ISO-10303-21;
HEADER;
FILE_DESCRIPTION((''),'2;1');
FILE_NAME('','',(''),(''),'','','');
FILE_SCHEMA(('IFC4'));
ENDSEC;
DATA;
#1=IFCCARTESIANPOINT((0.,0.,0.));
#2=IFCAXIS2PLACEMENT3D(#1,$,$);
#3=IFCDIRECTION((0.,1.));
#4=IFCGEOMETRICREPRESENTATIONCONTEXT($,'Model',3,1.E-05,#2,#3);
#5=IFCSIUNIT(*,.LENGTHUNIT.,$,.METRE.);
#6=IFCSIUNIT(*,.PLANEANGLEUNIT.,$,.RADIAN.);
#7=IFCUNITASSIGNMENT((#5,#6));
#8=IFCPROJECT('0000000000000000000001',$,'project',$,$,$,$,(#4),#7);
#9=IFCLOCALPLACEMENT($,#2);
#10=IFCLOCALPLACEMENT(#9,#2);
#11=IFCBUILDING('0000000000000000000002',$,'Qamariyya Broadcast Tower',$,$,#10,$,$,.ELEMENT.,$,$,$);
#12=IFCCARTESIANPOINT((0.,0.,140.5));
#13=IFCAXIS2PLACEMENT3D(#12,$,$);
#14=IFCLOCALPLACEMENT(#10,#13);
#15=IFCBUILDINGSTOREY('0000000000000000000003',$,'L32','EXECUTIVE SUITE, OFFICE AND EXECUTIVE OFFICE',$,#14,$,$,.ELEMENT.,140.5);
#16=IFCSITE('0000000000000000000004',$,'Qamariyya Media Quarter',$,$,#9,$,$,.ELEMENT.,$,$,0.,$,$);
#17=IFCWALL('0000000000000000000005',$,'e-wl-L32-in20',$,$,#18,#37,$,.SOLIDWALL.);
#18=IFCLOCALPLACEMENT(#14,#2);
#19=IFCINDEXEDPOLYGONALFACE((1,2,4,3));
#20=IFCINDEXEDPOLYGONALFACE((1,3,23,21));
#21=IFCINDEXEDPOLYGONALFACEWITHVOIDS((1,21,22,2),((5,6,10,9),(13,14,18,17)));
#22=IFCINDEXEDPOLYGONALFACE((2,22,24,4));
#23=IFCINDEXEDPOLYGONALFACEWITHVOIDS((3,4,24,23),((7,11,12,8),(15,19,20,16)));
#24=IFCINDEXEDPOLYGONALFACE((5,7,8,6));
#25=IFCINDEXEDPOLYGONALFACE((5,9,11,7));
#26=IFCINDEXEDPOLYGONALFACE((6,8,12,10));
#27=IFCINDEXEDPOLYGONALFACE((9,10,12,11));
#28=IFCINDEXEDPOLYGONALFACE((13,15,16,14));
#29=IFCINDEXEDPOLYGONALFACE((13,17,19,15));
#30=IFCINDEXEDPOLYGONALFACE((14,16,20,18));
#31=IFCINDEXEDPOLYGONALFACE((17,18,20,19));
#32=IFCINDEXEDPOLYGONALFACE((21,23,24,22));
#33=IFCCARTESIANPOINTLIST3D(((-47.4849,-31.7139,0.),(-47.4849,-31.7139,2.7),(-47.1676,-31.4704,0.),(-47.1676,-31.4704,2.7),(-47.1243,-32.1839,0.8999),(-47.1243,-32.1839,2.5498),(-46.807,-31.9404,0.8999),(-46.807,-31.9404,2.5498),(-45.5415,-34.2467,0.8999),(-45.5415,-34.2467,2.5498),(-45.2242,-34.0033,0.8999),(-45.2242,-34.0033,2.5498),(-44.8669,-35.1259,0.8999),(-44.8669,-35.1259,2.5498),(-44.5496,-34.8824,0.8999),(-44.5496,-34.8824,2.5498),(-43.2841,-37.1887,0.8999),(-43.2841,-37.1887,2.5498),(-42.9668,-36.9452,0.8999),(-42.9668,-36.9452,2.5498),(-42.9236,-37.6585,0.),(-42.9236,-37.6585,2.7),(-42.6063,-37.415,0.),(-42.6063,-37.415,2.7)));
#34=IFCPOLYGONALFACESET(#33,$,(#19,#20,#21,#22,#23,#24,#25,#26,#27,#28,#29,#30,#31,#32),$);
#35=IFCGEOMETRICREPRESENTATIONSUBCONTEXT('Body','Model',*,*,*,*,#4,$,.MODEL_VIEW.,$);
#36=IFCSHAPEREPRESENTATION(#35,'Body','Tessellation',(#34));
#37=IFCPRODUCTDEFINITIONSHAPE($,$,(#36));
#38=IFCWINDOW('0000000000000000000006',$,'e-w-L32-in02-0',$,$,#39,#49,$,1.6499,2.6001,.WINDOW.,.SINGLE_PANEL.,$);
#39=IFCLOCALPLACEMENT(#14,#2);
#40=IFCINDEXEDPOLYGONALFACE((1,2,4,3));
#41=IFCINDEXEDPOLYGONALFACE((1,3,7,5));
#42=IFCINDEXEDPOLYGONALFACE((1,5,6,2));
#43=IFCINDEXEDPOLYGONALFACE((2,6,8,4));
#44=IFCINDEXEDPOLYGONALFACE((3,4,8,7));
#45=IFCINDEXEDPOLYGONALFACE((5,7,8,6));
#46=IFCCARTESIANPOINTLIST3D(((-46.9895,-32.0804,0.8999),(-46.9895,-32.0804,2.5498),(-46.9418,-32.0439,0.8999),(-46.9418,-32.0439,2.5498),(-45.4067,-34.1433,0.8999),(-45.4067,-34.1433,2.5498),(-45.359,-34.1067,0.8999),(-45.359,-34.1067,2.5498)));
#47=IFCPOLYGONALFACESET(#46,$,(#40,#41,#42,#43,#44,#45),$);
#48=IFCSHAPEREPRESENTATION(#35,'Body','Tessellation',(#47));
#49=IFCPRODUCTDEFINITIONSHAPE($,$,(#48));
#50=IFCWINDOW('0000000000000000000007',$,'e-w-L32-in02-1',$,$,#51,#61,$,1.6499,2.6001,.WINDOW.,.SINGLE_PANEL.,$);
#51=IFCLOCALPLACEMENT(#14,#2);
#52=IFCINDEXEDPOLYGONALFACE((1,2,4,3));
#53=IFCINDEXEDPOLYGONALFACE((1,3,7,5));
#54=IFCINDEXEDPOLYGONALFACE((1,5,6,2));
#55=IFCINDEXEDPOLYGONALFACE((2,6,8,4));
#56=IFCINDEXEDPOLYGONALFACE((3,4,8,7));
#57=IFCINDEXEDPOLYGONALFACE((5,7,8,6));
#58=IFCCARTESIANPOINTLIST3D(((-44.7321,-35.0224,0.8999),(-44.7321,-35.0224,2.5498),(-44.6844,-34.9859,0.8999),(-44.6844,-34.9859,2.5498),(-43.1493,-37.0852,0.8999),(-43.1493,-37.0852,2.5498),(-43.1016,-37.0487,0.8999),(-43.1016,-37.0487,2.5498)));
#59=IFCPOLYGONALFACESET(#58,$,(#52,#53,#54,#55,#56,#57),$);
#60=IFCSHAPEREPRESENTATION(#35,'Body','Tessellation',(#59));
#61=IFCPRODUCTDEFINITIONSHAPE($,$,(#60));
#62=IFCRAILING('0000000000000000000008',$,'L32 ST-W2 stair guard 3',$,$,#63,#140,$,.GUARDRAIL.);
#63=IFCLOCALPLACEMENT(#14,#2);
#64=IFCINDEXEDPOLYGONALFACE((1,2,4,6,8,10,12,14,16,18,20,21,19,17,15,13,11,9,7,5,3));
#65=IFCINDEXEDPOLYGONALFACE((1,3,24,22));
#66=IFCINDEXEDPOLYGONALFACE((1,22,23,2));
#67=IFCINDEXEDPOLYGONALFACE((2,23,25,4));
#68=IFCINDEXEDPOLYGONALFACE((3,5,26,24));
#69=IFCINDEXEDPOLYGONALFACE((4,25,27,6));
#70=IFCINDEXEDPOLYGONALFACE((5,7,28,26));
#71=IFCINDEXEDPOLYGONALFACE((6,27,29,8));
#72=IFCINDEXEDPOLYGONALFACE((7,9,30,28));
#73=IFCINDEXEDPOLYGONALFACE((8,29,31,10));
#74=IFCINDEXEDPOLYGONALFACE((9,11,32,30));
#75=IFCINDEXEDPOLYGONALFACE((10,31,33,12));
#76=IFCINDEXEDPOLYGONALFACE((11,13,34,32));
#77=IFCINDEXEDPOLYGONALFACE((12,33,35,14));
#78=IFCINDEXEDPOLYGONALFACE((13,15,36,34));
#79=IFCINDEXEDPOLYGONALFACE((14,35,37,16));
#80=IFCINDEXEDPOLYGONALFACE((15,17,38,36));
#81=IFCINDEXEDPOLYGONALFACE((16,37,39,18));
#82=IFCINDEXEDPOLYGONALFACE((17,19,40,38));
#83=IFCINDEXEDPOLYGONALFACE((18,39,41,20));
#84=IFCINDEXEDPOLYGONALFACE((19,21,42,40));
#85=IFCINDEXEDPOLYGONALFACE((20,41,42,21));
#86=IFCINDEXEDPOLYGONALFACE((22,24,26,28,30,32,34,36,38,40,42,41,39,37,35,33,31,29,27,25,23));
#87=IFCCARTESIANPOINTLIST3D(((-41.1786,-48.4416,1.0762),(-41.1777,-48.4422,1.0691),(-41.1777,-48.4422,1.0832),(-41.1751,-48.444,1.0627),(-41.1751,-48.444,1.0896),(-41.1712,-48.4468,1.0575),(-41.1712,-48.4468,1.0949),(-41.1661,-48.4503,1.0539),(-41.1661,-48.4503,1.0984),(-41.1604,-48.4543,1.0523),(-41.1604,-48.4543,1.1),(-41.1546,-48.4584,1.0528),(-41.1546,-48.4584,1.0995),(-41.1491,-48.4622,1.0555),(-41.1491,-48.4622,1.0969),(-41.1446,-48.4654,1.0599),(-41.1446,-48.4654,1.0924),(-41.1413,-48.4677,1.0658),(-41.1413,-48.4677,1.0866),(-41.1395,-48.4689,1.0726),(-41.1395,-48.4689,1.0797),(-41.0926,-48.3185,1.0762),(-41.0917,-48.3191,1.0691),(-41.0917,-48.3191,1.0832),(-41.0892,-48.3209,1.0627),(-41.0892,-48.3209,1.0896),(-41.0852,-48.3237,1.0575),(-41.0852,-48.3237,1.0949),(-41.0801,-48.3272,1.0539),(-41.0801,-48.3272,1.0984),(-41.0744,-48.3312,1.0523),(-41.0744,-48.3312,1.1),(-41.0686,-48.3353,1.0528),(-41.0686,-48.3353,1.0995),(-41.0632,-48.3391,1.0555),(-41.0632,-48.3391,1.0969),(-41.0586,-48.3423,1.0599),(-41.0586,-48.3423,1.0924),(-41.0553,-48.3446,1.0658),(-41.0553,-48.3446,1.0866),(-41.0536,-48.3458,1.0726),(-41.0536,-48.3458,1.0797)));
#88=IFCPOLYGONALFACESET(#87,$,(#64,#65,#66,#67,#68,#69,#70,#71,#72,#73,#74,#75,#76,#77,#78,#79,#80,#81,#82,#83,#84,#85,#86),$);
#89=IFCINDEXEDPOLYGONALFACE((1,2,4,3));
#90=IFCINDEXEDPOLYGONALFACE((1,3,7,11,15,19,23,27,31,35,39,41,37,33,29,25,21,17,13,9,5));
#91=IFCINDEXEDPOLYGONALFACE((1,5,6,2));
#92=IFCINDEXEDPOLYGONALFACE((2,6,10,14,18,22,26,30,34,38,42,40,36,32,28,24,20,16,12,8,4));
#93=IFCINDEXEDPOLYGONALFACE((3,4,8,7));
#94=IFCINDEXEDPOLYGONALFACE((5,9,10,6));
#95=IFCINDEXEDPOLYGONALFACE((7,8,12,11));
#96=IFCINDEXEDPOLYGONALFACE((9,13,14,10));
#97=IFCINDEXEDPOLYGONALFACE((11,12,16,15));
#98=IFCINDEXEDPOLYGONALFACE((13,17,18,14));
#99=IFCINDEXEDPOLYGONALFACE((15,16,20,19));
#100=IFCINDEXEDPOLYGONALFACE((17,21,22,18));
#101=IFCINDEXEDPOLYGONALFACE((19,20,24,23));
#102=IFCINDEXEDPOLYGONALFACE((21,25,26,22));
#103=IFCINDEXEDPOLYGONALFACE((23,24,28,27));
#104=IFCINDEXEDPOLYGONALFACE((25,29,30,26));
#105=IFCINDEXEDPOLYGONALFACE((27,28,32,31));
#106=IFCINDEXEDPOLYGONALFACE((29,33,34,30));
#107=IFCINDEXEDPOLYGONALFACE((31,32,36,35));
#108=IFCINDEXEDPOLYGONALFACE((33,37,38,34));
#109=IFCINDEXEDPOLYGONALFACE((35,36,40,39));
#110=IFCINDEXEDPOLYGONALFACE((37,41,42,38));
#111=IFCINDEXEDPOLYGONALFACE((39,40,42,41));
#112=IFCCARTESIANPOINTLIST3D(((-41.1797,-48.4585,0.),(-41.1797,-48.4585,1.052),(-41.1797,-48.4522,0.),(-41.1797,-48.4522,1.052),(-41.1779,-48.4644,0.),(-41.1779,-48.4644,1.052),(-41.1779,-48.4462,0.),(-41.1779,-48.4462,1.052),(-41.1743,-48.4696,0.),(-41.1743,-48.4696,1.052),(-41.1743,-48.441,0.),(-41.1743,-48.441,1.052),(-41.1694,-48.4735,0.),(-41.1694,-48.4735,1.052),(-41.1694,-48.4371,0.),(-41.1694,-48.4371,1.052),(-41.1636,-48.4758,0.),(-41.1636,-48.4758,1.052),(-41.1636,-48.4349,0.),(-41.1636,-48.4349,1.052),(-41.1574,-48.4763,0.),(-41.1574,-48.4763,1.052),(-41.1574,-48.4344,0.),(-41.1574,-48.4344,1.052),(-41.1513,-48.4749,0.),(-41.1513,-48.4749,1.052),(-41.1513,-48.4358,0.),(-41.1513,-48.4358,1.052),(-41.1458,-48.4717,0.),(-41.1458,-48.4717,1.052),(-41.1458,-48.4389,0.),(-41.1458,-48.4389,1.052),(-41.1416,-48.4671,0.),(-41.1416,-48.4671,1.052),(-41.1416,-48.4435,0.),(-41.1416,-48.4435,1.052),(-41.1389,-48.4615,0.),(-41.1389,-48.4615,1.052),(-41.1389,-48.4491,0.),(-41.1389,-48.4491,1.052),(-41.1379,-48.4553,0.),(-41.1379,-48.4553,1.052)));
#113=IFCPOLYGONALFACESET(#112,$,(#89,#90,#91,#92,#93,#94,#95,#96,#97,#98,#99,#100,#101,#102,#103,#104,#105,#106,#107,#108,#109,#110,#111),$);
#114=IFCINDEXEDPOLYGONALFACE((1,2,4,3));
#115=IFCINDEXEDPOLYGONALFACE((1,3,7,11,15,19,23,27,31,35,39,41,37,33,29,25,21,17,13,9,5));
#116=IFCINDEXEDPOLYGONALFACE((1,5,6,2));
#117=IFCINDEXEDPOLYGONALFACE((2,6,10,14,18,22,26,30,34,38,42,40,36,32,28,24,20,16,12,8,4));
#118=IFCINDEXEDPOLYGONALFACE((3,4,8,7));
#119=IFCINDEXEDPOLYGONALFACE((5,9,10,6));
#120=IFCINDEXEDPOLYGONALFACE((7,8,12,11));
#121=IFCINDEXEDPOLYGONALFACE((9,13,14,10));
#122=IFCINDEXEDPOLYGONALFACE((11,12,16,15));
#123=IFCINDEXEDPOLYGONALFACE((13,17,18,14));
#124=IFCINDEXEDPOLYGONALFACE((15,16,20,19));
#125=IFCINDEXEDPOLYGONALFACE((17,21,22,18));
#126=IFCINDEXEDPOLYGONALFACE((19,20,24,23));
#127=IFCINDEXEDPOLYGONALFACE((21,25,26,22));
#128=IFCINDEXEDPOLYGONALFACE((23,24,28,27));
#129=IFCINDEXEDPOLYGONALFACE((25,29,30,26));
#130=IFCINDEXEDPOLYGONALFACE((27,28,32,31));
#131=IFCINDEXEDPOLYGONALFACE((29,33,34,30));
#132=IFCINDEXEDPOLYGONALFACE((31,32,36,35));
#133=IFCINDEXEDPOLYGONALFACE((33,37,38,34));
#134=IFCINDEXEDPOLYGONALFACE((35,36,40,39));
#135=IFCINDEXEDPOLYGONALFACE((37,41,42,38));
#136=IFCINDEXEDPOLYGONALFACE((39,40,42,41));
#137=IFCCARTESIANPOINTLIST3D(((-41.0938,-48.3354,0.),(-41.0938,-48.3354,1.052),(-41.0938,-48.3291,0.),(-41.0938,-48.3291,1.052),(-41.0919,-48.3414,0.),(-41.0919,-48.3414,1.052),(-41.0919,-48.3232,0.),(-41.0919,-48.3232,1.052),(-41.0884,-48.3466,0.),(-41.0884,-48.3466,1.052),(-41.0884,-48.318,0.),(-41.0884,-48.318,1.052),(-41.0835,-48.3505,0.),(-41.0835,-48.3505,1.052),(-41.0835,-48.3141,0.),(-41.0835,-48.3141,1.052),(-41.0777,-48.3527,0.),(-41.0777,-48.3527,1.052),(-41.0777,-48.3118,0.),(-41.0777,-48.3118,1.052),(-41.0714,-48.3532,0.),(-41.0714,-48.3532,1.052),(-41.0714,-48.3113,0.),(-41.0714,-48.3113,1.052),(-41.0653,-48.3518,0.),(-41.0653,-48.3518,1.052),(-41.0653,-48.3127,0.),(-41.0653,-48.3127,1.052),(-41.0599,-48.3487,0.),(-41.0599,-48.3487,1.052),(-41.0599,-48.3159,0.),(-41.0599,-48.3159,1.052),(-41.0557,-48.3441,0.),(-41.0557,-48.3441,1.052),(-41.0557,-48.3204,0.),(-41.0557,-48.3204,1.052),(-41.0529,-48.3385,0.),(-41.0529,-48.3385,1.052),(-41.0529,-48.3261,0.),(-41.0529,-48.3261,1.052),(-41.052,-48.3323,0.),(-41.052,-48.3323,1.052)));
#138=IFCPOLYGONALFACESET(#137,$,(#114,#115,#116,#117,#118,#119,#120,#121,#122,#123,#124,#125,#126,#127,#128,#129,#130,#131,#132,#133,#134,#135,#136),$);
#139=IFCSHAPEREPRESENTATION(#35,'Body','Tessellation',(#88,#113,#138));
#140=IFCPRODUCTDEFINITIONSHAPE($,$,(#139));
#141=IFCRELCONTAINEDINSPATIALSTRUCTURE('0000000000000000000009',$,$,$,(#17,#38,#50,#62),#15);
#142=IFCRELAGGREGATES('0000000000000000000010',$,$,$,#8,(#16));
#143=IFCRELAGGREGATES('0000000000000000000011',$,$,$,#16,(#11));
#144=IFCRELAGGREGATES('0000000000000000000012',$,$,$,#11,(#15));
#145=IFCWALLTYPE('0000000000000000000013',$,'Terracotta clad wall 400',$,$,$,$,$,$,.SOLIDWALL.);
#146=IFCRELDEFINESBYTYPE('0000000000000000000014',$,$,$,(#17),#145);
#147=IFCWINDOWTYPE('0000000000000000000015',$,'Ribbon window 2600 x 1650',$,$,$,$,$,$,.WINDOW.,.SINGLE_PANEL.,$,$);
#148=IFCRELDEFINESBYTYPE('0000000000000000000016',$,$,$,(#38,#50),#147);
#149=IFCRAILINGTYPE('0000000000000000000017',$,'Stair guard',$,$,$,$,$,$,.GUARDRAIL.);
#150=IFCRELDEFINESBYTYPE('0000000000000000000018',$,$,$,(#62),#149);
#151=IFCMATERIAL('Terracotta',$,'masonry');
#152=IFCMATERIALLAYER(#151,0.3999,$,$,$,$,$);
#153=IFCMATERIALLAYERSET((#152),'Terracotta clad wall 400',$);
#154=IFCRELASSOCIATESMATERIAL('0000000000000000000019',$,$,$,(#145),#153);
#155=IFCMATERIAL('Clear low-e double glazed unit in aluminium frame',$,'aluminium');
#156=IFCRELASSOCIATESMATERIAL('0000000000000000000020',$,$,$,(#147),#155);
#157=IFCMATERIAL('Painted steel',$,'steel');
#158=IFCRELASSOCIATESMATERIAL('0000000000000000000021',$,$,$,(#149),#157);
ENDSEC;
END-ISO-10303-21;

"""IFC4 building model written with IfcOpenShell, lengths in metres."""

from ifc_helpers import new_model, si_unit, direction, frame, frame_2d, origin, origin_2d, place, context, subcontext, project, spatial, rectangle, circle, extrude, material, layer, layer_set, type_object, element, fill, save


model = new_model("IFC4")

# Units and contexts
model_context = context("Model", 3, precision=1e-05, world=origin(), true_north=direction((0.0, 1.0)))
body_context = subcontext(model_context, "Body", "Model", "MODEL_VIEW")
ifc_project = project(units=[si_unit("LENGTHUNIT", "METRE"), si_unit("PLANEANGLEUNIT", "RADIAN")], contexts=[model_context])

# Site, building, storey
site_placement = place(None, origin())
site = spatial("IfcSite", under=ifc_project, at=site_placement, Name="Qamariyya Media Quarter", CompositionType="ELEMENT", RefElevation=0.0)
building_placement = place(site_placement, origin())
building = spatial("IfcBuilding", under=site, at=building_placement, Name="Qamariyya Broadcast Tower", CompositionType="ELEMENT")
storey_placement = place(building_placement, frame((0.0, 0.0, 140.5)))
storey = spatial("IfcBuildingStorey", under=building, at=storey_placement, Name="L32", Description="EXECUTIVE SUITE, OFFICE AND EXECUTIVE OFFICE", CompositionType="ELEMENT", Elevation=140.5)

# Shared definitions
ifc_material_1 = material(Name="Terracotta", Category="masonry")
ifc_layer_1 = layer(ifc_material_1, 0.3999)
ifc_layer_set_1 = layer_set([ifc_layer_1], Name="Terracotta clad wall 400")
wall_type_1 = type_object("IfcWallType", Name="Terracotta clad wall 400", PredefinedType="SOLIDWALL", material=ifc_layer_set_1)
ifc_material_2 = material(Name="Clear low-e double glazed unit in aluminium frame", Category="aluminium")

# Wall, openings, windows
window_type_1 = type_object("IfcWindowType", Name="Ribbon window 2600 x 1650", PartitioningType="SINGLE_PANEL", PredefinedType="WINDOW", material=ifc_material_2)
wall_1_placement = place(storey_placement, frame((-42.7649, -37.5369, 0.0), z_axis=(0.0, 0.0, 1.0), x_axis=(-0.608748, 0.793363, 0.0)))
wall_1 = element("IfcWall", 1, at=wall_1_placement, inside=storey, type_object=wall_type_1, Name="e-wl-L32-in20", PredefinedType="SOLIDWALL", context=body_context, shape_type="SweptSolid", body=[
    extrude(rectangle(XDim=7.4929, YDim=0.3999, at=frame_2d((3.7466, 0.0))), origin(), (0.0, 0.0, 1.0), 2.7),
])
opening_1_placement = place(wall_1_placement, frame((4.3005, 0.0, 0.8999)))
opening_1 = element("IfcOpeningElement", 2, at=opening_1_placement, cuts=wall_1, PredefinedType="OPENING", context=body_context, shape_type="SweptSolid", body=[
    extrude(rectangle(XDim=2.6001, YDim=1.6499, at=frame_2d((1.3, 0.825))), frame((0.0, 0.21, 0.0), z_axis=(0.0, -1.0, 0.0), x_axis=(1.0, 0.0, 0.0)), (0.0, 0.0, 1.0), 0.4199),
])
opening_2_placement = place(wall_1_placement, frame((0.5923, 0.0, 0.8999)))
opening_2 = element("IfcOpeningElement", 3, at=opening_2_placement, cuts=wall_1, PredefinedType="OPENING", context=body_context, shape_type="SweptSolid", body=[
    extrude(rectangle(XDim=2.6001, YDim=1.6499, at=frame_2d((1.3, 0.825))), frame((0.0, 0.21, 0.0), z_axis=(0.0, -1.0, 0.0), x_axis=(1.0, 0.0, 0.0)), (0.0, 0.0, 1.0), 0.4199),
])
window_1_placement = place(opening_1_placement, origin())
window_1 = element("IfcWindow", 4, at=window_1_placement, inside=storey, type_object=window_type_1, Name="e-w-L32-in02-0", OverallHeight=1.6499, OverallWidth=2.6001, PartitioningType="SINGLE_PANEL", PredefinedType="WINDOW", context=body_context, shape_type="SweptSolid", body=[
    extrude(rectangle(XDim=2.6001, YDim=1.6499, at=frame_2d((1.3, 0.825))), frame((0.0, 0.03, 0.0), z_axis=(0.0, -1.0, 0.0), x_axis=(1.0, 0.0, 0.0)), (0.0, 0.0, 1.0), 0.0601),
])
fill(opening_1, window_1)
window_2_placement = place(opening_2_placement, origin())
window_2 = element("IfcWindow", 5, at=window_2_placement, inside=storey, type_object=window_type_1, Name="e-w-L32-in02-1", OverallHeight=1.6499, OverallWidth=2.6001, PartitioningType="SINGLE_PANEL", PredefinedType="WINDOW", context=body_context, shape_type="SweptSolid", body=[
    extrude(rectangle(XDim=2.6001, YDim=1.6499, at=frame_2d((1.3, 0.825))), frame((0.0, 0.03, 0.0), z_axis=(0.0, -1.0, 0.0), x_axis=(1.0, 0.0, 0.0)), (0.0, 0.0, 1.0), 0.0601),
])
fill(opening_2, window_2)

# Railing
ifc_material_3 = material(Name="Painted steel", Category="steel")
railing_type = type_object("IfcRailingType", Name="Stair guard", PredefinedType="GUARDRAIL", material=ifc_material_3)
railing_1_placement = place(storey_placement, frame((-41.1589, -48.4553, 0.0)))
element("IfcRailing", 6, at=railing_1_placement, inside=storey, type_object=railing_type, Name="L32 ST-W2 stair guard 3", PredefinedType="GUARDRAIL", context=body_context, shape_type="SweptSolid", body=[
    extrude(circle(Radius=0.0239, at=origin_2d()), frame((0.0, 0.0, 1.0762), z_axis=(0.572589, 0.819843, 0.0), x_axis=(-0.819843, 0.572589, 0.0)), (0.0, 0.0, 1.0), 0.1501),
    extrude(circle(Radius=0.021, at=origin_2d()), origin(), (0.0, 0.0, 1.0), 1.052),
    extrude(circle(Radius=0.021, at=origin_2d()), frame((0.0859, 0.123, 0.0)), (0.0, 0.0, 1.0), 1.052),
])

save(model, "model.ifc")
